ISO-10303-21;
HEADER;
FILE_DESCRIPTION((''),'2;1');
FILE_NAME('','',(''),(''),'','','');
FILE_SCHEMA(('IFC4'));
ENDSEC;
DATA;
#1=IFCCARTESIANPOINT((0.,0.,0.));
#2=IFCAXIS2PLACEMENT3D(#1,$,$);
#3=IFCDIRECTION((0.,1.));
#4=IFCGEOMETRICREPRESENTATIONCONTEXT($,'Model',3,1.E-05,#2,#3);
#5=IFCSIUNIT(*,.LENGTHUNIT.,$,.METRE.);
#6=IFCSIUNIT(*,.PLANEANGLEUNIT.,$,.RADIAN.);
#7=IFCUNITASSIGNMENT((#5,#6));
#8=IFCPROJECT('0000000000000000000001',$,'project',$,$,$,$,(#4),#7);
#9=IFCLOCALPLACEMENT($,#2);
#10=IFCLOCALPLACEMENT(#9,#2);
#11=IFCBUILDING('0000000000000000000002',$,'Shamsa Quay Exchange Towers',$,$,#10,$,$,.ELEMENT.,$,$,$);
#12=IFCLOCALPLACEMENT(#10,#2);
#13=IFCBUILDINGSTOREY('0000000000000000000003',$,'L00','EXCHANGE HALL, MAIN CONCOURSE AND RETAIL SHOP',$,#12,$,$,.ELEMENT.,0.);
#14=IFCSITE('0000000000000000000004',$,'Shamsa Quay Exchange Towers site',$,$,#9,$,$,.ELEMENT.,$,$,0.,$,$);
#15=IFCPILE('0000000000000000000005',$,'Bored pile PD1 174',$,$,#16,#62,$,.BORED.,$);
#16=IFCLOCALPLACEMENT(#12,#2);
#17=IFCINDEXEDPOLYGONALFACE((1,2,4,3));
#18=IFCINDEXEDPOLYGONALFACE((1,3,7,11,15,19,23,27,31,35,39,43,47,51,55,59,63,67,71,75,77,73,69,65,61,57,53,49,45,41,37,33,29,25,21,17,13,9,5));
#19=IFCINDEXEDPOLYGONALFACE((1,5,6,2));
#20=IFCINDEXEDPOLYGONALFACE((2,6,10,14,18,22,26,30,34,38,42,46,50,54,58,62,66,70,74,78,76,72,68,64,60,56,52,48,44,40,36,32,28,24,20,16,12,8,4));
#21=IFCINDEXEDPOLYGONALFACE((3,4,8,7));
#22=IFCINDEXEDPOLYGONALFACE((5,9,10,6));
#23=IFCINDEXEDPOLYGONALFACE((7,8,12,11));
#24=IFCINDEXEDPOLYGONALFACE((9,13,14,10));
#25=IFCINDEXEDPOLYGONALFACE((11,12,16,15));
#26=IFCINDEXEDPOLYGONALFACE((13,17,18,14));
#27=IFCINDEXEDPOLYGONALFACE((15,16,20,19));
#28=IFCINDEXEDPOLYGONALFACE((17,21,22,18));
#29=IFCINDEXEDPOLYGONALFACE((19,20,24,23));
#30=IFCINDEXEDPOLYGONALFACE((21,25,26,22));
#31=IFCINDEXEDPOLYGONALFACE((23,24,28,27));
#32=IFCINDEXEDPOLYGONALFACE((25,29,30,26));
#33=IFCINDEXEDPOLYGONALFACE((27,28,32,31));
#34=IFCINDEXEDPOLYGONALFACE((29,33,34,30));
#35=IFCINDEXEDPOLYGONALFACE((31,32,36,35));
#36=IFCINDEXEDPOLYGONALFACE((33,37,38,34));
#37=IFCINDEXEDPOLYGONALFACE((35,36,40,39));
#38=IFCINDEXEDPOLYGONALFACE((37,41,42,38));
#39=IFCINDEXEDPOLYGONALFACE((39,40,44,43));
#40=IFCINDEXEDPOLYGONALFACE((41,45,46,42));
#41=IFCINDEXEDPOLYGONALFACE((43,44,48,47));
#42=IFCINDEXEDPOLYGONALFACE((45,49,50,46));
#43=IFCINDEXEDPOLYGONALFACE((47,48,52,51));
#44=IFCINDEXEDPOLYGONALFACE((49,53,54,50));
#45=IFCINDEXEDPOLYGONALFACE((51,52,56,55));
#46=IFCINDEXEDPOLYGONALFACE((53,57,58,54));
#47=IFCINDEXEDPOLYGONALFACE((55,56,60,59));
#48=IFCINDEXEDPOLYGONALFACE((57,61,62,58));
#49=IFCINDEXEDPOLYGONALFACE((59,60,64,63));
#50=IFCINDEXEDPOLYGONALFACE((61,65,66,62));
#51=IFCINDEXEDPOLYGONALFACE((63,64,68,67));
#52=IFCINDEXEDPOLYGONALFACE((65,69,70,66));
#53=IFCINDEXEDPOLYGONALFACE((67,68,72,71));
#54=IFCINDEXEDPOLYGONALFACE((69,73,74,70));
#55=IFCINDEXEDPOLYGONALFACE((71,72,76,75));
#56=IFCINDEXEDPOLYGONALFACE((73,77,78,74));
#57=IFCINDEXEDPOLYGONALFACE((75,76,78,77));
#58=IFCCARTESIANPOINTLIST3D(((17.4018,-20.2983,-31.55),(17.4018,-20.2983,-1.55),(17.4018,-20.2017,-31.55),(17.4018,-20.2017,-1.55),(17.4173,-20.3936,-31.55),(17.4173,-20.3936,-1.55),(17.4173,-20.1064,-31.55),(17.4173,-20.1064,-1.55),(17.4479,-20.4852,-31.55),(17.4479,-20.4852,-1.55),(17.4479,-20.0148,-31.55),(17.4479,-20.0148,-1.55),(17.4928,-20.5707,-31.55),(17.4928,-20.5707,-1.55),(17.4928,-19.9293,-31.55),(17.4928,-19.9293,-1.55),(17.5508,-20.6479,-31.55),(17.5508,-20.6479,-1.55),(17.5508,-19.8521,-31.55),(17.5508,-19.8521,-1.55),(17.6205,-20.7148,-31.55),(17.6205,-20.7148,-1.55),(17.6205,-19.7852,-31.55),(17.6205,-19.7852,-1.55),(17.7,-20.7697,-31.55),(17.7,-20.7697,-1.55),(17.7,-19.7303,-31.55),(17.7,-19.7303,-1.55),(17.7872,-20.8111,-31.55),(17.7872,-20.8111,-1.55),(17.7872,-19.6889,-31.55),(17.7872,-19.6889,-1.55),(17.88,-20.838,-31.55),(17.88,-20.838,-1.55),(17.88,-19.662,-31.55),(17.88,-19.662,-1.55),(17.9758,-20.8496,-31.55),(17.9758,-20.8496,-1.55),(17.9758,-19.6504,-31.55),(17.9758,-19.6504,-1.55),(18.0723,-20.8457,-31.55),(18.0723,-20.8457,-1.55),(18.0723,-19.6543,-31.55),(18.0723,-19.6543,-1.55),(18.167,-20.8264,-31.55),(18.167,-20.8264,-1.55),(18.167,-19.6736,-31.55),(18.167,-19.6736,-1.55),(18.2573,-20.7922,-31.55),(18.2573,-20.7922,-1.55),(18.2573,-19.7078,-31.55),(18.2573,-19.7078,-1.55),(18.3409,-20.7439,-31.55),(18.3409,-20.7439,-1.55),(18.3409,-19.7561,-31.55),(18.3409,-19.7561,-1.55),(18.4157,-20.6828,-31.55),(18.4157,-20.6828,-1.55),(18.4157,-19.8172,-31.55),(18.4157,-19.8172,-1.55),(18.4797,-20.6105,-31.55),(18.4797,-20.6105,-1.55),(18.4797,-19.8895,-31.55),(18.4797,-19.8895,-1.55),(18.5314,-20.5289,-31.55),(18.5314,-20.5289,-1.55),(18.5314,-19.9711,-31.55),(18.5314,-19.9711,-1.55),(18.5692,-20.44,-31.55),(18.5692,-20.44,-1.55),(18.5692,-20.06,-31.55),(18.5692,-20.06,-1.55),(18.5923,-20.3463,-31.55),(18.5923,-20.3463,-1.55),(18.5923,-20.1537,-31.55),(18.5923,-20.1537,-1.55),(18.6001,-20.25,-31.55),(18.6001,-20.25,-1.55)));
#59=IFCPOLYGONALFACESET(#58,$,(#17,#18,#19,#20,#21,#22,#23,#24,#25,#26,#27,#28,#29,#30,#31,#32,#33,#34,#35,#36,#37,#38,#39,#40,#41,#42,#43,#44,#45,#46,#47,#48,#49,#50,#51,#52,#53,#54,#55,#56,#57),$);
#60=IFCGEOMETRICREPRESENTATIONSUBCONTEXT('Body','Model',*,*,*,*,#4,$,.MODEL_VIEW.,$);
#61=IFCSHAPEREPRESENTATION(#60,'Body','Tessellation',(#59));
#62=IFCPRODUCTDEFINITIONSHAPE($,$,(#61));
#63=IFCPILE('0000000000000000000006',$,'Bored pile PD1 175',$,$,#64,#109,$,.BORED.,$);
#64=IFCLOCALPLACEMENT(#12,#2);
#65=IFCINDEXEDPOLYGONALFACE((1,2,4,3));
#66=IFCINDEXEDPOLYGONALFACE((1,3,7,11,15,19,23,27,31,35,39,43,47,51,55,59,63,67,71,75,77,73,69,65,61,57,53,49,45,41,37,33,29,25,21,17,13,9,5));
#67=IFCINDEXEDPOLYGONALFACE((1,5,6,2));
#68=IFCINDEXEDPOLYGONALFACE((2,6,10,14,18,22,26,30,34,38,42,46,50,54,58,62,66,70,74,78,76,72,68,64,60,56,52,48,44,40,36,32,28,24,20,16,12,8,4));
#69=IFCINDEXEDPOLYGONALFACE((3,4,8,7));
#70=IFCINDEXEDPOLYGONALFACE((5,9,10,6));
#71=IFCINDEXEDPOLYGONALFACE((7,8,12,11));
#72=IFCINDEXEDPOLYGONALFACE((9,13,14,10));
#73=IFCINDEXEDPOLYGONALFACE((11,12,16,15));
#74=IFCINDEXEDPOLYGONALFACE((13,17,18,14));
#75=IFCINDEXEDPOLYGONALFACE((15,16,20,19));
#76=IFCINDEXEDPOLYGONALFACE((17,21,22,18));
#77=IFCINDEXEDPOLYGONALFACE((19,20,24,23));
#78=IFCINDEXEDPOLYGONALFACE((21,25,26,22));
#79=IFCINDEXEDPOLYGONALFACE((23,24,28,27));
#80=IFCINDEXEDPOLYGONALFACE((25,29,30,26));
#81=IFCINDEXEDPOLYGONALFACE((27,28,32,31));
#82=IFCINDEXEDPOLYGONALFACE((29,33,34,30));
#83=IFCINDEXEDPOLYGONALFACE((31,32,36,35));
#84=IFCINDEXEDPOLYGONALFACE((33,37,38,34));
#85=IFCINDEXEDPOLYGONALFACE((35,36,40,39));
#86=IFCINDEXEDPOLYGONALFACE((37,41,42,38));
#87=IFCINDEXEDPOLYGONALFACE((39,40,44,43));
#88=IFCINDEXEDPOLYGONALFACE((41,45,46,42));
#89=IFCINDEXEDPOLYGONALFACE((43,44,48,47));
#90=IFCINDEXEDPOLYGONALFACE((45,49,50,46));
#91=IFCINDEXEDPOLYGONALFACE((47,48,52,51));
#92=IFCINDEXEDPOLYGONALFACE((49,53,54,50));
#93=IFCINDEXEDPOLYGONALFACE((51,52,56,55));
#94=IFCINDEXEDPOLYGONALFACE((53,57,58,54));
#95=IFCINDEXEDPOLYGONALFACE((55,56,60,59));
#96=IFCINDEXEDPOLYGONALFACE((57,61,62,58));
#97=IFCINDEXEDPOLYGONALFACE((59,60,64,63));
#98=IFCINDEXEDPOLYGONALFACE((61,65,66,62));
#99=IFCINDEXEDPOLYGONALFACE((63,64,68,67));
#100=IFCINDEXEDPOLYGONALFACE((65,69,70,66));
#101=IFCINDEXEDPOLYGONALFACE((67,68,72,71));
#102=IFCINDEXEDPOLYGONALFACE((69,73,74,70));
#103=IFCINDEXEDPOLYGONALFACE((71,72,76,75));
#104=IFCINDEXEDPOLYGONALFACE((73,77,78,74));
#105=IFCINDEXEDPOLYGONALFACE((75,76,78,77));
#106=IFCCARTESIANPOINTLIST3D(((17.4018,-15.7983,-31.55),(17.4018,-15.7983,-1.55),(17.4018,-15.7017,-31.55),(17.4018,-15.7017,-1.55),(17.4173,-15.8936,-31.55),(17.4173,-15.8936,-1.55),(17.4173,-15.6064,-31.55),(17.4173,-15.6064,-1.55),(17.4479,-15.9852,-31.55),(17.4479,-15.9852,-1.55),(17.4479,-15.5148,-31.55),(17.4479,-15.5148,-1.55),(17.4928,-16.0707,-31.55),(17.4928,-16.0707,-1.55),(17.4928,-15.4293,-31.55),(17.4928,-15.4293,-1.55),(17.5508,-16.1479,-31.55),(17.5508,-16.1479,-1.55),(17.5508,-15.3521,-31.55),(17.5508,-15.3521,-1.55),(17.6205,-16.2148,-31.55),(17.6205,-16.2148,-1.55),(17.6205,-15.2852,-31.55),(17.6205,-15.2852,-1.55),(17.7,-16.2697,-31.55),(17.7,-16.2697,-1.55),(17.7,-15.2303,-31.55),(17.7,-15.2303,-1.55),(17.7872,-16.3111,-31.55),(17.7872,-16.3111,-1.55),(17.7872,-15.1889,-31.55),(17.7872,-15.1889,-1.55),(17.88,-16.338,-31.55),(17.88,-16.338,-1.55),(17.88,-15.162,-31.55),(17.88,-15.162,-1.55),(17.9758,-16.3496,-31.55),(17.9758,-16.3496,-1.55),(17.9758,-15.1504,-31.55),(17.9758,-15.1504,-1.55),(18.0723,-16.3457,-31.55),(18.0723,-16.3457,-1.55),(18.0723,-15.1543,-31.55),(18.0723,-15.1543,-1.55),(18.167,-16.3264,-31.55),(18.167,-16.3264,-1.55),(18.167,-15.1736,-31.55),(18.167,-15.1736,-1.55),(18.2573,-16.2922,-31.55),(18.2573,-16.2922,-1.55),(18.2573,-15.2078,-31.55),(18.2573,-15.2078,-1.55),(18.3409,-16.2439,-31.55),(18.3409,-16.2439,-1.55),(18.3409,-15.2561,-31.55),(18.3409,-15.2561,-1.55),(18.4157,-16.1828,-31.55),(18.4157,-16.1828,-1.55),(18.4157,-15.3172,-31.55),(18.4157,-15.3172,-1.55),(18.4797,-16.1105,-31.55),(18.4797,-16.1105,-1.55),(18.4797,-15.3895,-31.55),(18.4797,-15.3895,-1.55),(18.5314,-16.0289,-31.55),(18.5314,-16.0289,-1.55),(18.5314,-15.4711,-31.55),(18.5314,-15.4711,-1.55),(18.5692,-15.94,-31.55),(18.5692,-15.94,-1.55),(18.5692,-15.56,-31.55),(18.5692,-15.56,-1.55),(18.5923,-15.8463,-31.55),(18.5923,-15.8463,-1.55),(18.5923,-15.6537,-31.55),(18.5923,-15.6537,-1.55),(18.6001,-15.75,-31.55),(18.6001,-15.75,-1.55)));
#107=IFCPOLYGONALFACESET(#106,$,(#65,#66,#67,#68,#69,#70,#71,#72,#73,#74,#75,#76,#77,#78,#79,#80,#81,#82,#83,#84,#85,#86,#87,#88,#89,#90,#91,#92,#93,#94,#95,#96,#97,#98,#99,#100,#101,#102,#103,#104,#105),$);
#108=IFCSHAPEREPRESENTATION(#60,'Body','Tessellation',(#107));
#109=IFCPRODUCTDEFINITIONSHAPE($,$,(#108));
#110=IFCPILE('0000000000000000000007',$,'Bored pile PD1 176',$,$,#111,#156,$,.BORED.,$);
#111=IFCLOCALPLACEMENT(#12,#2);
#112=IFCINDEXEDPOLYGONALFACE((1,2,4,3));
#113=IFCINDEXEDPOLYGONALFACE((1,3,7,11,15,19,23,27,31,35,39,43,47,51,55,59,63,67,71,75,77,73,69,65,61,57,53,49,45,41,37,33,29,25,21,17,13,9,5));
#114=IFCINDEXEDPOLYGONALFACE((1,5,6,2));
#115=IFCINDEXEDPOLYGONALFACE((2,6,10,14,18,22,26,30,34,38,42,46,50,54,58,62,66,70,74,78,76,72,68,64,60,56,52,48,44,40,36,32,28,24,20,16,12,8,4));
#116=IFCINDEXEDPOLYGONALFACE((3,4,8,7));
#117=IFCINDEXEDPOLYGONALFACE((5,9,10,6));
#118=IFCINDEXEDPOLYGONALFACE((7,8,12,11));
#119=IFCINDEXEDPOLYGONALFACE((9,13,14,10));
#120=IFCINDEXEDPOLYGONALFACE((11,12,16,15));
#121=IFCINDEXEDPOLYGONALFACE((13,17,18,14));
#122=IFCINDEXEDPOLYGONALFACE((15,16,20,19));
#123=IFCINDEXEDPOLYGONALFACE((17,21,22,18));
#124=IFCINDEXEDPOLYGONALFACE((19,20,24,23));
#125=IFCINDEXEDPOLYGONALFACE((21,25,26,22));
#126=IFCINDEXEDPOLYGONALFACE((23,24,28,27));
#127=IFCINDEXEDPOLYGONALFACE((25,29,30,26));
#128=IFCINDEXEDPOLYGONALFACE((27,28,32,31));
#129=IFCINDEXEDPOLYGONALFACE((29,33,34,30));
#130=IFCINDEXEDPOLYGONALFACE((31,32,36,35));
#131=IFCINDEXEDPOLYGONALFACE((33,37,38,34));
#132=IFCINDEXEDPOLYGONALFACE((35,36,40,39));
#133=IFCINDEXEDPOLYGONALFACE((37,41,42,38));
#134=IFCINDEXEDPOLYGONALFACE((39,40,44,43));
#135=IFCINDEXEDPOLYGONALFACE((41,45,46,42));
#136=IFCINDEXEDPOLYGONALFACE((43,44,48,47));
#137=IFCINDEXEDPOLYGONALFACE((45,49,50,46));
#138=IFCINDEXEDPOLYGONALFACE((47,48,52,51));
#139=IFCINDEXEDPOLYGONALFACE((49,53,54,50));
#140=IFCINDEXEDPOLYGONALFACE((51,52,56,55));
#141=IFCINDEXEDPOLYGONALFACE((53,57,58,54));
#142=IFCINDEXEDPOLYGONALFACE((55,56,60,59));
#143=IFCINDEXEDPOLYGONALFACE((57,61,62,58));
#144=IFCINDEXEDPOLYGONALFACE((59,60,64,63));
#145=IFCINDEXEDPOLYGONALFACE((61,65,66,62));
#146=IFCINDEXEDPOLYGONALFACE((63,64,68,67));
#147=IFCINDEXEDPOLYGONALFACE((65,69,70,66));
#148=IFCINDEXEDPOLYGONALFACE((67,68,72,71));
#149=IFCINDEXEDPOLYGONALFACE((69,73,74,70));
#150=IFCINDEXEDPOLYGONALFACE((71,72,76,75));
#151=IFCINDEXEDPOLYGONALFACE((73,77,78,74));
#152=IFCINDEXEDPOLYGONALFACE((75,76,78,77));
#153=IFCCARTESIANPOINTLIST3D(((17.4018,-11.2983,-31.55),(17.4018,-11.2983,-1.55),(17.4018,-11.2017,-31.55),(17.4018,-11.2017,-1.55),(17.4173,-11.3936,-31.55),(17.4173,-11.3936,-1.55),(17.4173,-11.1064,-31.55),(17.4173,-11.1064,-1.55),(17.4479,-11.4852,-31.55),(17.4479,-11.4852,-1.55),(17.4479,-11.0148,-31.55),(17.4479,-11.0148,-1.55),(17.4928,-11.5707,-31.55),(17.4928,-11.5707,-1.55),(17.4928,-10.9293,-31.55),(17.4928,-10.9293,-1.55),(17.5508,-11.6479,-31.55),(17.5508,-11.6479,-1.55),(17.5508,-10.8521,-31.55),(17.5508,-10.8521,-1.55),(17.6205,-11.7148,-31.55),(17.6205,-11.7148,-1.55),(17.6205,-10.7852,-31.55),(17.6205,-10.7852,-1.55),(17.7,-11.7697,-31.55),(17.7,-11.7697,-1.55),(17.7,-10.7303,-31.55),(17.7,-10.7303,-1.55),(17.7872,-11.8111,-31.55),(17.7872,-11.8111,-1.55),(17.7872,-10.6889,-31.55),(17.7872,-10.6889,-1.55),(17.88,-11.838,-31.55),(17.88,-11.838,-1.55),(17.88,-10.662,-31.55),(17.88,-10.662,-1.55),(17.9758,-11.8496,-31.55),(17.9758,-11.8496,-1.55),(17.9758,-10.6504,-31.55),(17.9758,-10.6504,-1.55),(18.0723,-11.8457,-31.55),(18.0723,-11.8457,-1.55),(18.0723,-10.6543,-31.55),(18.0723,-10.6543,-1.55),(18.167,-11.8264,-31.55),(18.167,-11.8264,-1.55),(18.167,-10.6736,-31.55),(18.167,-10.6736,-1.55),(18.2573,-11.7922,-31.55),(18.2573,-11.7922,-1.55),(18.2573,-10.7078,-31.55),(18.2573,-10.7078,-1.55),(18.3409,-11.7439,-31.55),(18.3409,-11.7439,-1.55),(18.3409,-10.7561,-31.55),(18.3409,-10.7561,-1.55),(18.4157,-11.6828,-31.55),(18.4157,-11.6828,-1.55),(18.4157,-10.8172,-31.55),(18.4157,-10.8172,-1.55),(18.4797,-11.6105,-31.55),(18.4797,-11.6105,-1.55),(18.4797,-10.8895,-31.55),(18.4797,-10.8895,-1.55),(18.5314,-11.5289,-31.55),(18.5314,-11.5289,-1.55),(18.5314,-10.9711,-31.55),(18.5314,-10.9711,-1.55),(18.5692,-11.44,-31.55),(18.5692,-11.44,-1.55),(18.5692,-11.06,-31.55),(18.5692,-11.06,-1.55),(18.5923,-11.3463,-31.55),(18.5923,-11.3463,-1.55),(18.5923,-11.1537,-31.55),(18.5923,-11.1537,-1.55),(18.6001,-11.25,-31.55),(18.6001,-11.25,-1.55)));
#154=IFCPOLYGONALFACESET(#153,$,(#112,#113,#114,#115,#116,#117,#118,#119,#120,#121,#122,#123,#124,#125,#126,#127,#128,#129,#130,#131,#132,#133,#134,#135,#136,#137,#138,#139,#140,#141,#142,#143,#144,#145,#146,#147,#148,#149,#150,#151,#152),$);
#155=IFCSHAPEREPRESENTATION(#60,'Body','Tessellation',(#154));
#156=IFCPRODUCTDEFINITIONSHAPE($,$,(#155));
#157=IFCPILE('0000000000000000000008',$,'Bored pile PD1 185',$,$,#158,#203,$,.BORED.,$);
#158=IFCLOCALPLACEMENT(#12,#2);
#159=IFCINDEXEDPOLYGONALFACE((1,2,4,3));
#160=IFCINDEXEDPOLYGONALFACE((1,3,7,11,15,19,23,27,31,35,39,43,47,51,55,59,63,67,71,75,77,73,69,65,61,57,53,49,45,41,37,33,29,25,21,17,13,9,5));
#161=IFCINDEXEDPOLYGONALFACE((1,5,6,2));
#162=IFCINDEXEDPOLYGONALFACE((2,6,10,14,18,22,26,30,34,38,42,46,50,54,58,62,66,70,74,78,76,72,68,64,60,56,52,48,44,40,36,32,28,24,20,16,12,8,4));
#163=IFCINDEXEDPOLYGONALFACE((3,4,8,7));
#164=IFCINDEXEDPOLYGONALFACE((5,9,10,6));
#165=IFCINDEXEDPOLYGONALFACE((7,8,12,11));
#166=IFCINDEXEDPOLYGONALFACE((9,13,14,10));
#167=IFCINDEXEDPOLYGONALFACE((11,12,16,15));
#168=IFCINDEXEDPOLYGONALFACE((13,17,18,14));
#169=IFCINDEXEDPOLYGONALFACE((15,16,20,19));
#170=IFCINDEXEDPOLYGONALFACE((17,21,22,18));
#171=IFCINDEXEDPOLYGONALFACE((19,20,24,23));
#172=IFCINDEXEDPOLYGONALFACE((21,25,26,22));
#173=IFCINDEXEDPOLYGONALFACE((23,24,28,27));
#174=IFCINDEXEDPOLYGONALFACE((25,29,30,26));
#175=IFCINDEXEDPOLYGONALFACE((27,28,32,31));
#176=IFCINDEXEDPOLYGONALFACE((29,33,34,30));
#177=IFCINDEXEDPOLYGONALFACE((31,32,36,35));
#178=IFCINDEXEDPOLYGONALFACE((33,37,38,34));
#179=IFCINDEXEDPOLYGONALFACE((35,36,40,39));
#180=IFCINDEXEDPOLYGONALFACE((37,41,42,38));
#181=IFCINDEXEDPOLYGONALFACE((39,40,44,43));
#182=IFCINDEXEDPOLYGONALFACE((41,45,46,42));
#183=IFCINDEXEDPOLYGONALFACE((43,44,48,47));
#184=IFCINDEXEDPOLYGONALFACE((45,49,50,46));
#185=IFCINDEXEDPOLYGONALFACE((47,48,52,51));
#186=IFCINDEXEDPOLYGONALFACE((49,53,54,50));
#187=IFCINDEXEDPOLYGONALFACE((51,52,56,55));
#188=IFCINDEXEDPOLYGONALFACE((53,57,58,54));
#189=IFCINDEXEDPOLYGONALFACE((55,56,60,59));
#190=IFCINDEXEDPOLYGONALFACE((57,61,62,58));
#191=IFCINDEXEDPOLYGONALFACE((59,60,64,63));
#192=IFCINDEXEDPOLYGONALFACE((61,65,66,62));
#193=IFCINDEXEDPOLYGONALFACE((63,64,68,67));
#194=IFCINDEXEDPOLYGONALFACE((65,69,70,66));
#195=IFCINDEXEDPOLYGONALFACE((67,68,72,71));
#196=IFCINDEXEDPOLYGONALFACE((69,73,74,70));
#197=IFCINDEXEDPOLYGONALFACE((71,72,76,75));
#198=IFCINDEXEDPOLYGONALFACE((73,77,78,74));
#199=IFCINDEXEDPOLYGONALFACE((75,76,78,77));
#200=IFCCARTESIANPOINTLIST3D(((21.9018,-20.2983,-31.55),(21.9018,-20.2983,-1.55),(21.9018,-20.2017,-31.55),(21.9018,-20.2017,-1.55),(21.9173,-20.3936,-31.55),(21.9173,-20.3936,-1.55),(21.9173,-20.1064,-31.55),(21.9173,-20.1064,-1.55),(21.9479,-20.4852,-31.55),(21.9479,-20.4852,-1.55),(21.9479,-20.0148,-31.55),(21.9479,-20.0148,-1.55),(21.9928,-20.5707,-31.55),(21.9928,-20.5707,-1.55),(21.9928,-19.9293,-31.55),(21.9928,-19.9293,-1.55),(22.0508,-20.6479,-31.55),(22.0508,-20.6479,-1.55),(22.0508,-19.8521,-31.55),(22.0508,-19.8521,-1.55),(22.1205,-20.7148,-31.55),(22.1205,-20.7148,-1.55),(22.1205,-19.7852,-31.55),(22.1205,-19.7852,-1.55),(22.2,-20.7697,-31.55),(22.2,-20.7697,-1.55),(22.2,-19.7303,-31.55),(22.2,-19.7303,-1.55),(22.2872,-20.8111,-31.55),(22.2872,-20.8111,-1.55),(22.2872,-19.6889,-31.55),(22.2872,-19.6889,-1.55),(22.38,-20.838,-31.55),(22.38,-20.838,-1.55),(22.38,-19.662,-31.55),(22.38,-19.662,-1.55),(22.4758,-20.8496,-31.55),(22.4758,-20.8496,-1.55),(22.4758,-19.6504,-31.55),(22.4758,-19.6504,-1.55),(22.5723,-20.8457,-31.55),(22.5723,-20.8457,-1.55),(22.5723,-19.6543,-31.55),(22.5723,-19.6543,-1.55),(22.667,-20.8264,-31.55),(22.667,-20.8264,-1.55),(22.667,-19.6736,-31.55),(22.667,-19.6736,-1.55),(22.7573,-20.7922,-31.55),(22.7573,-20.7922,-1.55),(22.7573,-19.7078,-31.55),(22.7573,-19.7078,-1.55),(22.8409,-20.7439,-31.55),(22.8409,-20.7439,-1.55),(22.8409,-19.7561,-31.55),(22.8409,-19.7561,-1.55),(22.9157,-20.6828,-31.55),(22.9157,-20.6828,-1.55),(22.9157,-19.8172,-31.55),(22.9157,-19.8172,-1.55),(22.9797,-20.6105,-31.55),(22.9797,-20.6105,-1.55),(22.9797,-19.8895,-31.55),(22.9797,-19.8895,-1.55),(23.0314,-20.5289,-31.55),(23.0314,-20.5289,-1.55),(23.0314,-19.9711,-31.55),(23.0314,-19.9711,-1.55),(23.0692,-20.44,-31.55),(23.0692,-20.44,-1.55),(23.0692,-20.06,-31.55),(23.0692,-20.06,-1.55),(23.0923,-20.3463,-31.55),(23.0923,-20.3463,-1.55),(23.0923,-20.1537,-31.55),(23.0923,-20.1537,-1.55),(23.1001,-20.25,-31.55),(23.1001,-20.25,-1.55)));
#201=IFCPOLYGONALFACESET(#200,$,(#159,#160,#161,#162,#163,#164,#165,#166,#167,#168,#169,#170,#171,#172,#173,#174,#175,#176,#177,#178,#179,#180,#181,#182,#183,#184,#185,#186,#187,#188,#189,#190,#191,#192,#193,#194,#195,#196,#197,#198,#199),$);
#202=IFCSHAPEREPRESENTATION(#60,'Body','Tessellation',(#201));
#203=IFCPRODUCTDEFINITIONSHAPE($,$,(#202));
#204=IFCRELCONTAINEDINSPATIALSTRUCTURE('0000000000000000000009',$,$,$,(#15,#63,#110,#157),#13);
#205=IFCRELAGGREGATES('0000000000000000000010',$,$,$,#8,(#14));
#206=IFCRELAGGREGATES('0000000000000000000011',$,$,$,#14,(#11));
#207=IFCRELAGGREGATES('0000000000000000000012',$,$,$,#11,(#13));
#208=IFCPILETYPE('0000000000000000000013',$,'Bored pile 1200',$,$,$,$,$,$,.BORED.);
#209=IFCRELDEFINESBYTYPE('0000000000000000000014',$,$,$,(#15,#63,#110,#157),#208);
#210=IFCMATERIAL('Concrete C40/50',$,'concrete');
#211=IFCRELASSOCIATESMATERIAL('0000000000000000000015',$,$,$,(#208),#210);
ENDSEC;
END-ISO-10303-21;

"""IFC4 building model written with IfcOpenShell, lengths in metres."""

from ifc_helpers import new_model, si_unit, direction, frame, origin, origin_2d, place, context, subcontext, project, spatial, circle, extrude, material, material_profile, profile_set, type_object, element, save


model = new_model("IFC4")

# Units and contexts
model_context = context("Model", 3, precision=1e-05, world=origin(), true_north=direction((0.0, 1.0)))
body_context = subcontext(model_context, "Body", "Model", "MODEL_VIEW")
ifc_project = project(units=[si_unit("LENGTHUNIT", "METRE"), si_unit("PLANEANGLEUNIT", "RADIAN")], contexts=[model_context])

# Site, building, storey
site_placement = place(None, origin())
site = spatial("IfcSite", under=ifc_project, at=site_placement, Name="Shamsa Quay Exchange Towers site", CompositionType="ELEMENT", RefElevation=0.0)
building_placement = place(site_placement, origin())
building = spatial("IfcBuilding", under=site, at=building_placement, Name="Shamsa Quay Exchange Towers", CompositionType="ELEMENT")
storey_placement = place(building_placement, origin())
storey = spatial("IfcBuildingStorey", under=building, at=storey_placement, Name="L00", Description="EXCHANGE HALL, MAIN CONCOURSE AND RETAIL SHOP", CompositionType="ELEMENT", Elevation=0.0)

# Piles
ifc_material_1 = material(Name="Concrete C40/50", Category="concrete")
ifc_material_profile_1 = material_profile(ifc_material_1, circle(Radius=0.6001, at=origin_2d()), Name="BP1200")
ifc_profile_set_1 = profile_set([ifc_material_profile_1], Name="Concrete C40/50")
pile_type_1 = type_object("IfcPileType", Name="Bored pile 1200", PredefinedType="BORED", material=ifc_profile_set_1)
for number, where, z_axis, x_axis, name in (
    (1, (18.0, -20.25, -1.55), (0.0, 0.0, -1.0), (1.0, 0.0, 0.0), "Bored pile PD1 174"),
    (2, (18.0, -15.75, -1.55), (0.0, 0.0, -1.0), (1.0, 0.0, 0.0), "Bored pile PD1 175"),
    (3, (18.0, -11.25, -1.55), (0.0, 0.0, -1.0), (1.0, 0.0, 0.0), "Bored pile PD1 176"),
    (4, (22.5, -20.25, -1.55), (0.0, 0.0, -1.0), (1.0, 0.0, 0.0), "Bored pile PD1 185"),
):
    element("IfcPile", number, at=place(storey_placement, frame(where, z_axis=z_axis, x_axis=x_axis)), inside=storey, type_object=pile_type_1, Name=name, PredefinedType="BORED", context=body_context, shape_type="SweptSolid", body=[
        extrude(circle(Radius=0.6001, at=origin_2d()), origin(), (0.0, 0.0, 1.0), 30.0),
    ])

save(model, "model.ifc")
